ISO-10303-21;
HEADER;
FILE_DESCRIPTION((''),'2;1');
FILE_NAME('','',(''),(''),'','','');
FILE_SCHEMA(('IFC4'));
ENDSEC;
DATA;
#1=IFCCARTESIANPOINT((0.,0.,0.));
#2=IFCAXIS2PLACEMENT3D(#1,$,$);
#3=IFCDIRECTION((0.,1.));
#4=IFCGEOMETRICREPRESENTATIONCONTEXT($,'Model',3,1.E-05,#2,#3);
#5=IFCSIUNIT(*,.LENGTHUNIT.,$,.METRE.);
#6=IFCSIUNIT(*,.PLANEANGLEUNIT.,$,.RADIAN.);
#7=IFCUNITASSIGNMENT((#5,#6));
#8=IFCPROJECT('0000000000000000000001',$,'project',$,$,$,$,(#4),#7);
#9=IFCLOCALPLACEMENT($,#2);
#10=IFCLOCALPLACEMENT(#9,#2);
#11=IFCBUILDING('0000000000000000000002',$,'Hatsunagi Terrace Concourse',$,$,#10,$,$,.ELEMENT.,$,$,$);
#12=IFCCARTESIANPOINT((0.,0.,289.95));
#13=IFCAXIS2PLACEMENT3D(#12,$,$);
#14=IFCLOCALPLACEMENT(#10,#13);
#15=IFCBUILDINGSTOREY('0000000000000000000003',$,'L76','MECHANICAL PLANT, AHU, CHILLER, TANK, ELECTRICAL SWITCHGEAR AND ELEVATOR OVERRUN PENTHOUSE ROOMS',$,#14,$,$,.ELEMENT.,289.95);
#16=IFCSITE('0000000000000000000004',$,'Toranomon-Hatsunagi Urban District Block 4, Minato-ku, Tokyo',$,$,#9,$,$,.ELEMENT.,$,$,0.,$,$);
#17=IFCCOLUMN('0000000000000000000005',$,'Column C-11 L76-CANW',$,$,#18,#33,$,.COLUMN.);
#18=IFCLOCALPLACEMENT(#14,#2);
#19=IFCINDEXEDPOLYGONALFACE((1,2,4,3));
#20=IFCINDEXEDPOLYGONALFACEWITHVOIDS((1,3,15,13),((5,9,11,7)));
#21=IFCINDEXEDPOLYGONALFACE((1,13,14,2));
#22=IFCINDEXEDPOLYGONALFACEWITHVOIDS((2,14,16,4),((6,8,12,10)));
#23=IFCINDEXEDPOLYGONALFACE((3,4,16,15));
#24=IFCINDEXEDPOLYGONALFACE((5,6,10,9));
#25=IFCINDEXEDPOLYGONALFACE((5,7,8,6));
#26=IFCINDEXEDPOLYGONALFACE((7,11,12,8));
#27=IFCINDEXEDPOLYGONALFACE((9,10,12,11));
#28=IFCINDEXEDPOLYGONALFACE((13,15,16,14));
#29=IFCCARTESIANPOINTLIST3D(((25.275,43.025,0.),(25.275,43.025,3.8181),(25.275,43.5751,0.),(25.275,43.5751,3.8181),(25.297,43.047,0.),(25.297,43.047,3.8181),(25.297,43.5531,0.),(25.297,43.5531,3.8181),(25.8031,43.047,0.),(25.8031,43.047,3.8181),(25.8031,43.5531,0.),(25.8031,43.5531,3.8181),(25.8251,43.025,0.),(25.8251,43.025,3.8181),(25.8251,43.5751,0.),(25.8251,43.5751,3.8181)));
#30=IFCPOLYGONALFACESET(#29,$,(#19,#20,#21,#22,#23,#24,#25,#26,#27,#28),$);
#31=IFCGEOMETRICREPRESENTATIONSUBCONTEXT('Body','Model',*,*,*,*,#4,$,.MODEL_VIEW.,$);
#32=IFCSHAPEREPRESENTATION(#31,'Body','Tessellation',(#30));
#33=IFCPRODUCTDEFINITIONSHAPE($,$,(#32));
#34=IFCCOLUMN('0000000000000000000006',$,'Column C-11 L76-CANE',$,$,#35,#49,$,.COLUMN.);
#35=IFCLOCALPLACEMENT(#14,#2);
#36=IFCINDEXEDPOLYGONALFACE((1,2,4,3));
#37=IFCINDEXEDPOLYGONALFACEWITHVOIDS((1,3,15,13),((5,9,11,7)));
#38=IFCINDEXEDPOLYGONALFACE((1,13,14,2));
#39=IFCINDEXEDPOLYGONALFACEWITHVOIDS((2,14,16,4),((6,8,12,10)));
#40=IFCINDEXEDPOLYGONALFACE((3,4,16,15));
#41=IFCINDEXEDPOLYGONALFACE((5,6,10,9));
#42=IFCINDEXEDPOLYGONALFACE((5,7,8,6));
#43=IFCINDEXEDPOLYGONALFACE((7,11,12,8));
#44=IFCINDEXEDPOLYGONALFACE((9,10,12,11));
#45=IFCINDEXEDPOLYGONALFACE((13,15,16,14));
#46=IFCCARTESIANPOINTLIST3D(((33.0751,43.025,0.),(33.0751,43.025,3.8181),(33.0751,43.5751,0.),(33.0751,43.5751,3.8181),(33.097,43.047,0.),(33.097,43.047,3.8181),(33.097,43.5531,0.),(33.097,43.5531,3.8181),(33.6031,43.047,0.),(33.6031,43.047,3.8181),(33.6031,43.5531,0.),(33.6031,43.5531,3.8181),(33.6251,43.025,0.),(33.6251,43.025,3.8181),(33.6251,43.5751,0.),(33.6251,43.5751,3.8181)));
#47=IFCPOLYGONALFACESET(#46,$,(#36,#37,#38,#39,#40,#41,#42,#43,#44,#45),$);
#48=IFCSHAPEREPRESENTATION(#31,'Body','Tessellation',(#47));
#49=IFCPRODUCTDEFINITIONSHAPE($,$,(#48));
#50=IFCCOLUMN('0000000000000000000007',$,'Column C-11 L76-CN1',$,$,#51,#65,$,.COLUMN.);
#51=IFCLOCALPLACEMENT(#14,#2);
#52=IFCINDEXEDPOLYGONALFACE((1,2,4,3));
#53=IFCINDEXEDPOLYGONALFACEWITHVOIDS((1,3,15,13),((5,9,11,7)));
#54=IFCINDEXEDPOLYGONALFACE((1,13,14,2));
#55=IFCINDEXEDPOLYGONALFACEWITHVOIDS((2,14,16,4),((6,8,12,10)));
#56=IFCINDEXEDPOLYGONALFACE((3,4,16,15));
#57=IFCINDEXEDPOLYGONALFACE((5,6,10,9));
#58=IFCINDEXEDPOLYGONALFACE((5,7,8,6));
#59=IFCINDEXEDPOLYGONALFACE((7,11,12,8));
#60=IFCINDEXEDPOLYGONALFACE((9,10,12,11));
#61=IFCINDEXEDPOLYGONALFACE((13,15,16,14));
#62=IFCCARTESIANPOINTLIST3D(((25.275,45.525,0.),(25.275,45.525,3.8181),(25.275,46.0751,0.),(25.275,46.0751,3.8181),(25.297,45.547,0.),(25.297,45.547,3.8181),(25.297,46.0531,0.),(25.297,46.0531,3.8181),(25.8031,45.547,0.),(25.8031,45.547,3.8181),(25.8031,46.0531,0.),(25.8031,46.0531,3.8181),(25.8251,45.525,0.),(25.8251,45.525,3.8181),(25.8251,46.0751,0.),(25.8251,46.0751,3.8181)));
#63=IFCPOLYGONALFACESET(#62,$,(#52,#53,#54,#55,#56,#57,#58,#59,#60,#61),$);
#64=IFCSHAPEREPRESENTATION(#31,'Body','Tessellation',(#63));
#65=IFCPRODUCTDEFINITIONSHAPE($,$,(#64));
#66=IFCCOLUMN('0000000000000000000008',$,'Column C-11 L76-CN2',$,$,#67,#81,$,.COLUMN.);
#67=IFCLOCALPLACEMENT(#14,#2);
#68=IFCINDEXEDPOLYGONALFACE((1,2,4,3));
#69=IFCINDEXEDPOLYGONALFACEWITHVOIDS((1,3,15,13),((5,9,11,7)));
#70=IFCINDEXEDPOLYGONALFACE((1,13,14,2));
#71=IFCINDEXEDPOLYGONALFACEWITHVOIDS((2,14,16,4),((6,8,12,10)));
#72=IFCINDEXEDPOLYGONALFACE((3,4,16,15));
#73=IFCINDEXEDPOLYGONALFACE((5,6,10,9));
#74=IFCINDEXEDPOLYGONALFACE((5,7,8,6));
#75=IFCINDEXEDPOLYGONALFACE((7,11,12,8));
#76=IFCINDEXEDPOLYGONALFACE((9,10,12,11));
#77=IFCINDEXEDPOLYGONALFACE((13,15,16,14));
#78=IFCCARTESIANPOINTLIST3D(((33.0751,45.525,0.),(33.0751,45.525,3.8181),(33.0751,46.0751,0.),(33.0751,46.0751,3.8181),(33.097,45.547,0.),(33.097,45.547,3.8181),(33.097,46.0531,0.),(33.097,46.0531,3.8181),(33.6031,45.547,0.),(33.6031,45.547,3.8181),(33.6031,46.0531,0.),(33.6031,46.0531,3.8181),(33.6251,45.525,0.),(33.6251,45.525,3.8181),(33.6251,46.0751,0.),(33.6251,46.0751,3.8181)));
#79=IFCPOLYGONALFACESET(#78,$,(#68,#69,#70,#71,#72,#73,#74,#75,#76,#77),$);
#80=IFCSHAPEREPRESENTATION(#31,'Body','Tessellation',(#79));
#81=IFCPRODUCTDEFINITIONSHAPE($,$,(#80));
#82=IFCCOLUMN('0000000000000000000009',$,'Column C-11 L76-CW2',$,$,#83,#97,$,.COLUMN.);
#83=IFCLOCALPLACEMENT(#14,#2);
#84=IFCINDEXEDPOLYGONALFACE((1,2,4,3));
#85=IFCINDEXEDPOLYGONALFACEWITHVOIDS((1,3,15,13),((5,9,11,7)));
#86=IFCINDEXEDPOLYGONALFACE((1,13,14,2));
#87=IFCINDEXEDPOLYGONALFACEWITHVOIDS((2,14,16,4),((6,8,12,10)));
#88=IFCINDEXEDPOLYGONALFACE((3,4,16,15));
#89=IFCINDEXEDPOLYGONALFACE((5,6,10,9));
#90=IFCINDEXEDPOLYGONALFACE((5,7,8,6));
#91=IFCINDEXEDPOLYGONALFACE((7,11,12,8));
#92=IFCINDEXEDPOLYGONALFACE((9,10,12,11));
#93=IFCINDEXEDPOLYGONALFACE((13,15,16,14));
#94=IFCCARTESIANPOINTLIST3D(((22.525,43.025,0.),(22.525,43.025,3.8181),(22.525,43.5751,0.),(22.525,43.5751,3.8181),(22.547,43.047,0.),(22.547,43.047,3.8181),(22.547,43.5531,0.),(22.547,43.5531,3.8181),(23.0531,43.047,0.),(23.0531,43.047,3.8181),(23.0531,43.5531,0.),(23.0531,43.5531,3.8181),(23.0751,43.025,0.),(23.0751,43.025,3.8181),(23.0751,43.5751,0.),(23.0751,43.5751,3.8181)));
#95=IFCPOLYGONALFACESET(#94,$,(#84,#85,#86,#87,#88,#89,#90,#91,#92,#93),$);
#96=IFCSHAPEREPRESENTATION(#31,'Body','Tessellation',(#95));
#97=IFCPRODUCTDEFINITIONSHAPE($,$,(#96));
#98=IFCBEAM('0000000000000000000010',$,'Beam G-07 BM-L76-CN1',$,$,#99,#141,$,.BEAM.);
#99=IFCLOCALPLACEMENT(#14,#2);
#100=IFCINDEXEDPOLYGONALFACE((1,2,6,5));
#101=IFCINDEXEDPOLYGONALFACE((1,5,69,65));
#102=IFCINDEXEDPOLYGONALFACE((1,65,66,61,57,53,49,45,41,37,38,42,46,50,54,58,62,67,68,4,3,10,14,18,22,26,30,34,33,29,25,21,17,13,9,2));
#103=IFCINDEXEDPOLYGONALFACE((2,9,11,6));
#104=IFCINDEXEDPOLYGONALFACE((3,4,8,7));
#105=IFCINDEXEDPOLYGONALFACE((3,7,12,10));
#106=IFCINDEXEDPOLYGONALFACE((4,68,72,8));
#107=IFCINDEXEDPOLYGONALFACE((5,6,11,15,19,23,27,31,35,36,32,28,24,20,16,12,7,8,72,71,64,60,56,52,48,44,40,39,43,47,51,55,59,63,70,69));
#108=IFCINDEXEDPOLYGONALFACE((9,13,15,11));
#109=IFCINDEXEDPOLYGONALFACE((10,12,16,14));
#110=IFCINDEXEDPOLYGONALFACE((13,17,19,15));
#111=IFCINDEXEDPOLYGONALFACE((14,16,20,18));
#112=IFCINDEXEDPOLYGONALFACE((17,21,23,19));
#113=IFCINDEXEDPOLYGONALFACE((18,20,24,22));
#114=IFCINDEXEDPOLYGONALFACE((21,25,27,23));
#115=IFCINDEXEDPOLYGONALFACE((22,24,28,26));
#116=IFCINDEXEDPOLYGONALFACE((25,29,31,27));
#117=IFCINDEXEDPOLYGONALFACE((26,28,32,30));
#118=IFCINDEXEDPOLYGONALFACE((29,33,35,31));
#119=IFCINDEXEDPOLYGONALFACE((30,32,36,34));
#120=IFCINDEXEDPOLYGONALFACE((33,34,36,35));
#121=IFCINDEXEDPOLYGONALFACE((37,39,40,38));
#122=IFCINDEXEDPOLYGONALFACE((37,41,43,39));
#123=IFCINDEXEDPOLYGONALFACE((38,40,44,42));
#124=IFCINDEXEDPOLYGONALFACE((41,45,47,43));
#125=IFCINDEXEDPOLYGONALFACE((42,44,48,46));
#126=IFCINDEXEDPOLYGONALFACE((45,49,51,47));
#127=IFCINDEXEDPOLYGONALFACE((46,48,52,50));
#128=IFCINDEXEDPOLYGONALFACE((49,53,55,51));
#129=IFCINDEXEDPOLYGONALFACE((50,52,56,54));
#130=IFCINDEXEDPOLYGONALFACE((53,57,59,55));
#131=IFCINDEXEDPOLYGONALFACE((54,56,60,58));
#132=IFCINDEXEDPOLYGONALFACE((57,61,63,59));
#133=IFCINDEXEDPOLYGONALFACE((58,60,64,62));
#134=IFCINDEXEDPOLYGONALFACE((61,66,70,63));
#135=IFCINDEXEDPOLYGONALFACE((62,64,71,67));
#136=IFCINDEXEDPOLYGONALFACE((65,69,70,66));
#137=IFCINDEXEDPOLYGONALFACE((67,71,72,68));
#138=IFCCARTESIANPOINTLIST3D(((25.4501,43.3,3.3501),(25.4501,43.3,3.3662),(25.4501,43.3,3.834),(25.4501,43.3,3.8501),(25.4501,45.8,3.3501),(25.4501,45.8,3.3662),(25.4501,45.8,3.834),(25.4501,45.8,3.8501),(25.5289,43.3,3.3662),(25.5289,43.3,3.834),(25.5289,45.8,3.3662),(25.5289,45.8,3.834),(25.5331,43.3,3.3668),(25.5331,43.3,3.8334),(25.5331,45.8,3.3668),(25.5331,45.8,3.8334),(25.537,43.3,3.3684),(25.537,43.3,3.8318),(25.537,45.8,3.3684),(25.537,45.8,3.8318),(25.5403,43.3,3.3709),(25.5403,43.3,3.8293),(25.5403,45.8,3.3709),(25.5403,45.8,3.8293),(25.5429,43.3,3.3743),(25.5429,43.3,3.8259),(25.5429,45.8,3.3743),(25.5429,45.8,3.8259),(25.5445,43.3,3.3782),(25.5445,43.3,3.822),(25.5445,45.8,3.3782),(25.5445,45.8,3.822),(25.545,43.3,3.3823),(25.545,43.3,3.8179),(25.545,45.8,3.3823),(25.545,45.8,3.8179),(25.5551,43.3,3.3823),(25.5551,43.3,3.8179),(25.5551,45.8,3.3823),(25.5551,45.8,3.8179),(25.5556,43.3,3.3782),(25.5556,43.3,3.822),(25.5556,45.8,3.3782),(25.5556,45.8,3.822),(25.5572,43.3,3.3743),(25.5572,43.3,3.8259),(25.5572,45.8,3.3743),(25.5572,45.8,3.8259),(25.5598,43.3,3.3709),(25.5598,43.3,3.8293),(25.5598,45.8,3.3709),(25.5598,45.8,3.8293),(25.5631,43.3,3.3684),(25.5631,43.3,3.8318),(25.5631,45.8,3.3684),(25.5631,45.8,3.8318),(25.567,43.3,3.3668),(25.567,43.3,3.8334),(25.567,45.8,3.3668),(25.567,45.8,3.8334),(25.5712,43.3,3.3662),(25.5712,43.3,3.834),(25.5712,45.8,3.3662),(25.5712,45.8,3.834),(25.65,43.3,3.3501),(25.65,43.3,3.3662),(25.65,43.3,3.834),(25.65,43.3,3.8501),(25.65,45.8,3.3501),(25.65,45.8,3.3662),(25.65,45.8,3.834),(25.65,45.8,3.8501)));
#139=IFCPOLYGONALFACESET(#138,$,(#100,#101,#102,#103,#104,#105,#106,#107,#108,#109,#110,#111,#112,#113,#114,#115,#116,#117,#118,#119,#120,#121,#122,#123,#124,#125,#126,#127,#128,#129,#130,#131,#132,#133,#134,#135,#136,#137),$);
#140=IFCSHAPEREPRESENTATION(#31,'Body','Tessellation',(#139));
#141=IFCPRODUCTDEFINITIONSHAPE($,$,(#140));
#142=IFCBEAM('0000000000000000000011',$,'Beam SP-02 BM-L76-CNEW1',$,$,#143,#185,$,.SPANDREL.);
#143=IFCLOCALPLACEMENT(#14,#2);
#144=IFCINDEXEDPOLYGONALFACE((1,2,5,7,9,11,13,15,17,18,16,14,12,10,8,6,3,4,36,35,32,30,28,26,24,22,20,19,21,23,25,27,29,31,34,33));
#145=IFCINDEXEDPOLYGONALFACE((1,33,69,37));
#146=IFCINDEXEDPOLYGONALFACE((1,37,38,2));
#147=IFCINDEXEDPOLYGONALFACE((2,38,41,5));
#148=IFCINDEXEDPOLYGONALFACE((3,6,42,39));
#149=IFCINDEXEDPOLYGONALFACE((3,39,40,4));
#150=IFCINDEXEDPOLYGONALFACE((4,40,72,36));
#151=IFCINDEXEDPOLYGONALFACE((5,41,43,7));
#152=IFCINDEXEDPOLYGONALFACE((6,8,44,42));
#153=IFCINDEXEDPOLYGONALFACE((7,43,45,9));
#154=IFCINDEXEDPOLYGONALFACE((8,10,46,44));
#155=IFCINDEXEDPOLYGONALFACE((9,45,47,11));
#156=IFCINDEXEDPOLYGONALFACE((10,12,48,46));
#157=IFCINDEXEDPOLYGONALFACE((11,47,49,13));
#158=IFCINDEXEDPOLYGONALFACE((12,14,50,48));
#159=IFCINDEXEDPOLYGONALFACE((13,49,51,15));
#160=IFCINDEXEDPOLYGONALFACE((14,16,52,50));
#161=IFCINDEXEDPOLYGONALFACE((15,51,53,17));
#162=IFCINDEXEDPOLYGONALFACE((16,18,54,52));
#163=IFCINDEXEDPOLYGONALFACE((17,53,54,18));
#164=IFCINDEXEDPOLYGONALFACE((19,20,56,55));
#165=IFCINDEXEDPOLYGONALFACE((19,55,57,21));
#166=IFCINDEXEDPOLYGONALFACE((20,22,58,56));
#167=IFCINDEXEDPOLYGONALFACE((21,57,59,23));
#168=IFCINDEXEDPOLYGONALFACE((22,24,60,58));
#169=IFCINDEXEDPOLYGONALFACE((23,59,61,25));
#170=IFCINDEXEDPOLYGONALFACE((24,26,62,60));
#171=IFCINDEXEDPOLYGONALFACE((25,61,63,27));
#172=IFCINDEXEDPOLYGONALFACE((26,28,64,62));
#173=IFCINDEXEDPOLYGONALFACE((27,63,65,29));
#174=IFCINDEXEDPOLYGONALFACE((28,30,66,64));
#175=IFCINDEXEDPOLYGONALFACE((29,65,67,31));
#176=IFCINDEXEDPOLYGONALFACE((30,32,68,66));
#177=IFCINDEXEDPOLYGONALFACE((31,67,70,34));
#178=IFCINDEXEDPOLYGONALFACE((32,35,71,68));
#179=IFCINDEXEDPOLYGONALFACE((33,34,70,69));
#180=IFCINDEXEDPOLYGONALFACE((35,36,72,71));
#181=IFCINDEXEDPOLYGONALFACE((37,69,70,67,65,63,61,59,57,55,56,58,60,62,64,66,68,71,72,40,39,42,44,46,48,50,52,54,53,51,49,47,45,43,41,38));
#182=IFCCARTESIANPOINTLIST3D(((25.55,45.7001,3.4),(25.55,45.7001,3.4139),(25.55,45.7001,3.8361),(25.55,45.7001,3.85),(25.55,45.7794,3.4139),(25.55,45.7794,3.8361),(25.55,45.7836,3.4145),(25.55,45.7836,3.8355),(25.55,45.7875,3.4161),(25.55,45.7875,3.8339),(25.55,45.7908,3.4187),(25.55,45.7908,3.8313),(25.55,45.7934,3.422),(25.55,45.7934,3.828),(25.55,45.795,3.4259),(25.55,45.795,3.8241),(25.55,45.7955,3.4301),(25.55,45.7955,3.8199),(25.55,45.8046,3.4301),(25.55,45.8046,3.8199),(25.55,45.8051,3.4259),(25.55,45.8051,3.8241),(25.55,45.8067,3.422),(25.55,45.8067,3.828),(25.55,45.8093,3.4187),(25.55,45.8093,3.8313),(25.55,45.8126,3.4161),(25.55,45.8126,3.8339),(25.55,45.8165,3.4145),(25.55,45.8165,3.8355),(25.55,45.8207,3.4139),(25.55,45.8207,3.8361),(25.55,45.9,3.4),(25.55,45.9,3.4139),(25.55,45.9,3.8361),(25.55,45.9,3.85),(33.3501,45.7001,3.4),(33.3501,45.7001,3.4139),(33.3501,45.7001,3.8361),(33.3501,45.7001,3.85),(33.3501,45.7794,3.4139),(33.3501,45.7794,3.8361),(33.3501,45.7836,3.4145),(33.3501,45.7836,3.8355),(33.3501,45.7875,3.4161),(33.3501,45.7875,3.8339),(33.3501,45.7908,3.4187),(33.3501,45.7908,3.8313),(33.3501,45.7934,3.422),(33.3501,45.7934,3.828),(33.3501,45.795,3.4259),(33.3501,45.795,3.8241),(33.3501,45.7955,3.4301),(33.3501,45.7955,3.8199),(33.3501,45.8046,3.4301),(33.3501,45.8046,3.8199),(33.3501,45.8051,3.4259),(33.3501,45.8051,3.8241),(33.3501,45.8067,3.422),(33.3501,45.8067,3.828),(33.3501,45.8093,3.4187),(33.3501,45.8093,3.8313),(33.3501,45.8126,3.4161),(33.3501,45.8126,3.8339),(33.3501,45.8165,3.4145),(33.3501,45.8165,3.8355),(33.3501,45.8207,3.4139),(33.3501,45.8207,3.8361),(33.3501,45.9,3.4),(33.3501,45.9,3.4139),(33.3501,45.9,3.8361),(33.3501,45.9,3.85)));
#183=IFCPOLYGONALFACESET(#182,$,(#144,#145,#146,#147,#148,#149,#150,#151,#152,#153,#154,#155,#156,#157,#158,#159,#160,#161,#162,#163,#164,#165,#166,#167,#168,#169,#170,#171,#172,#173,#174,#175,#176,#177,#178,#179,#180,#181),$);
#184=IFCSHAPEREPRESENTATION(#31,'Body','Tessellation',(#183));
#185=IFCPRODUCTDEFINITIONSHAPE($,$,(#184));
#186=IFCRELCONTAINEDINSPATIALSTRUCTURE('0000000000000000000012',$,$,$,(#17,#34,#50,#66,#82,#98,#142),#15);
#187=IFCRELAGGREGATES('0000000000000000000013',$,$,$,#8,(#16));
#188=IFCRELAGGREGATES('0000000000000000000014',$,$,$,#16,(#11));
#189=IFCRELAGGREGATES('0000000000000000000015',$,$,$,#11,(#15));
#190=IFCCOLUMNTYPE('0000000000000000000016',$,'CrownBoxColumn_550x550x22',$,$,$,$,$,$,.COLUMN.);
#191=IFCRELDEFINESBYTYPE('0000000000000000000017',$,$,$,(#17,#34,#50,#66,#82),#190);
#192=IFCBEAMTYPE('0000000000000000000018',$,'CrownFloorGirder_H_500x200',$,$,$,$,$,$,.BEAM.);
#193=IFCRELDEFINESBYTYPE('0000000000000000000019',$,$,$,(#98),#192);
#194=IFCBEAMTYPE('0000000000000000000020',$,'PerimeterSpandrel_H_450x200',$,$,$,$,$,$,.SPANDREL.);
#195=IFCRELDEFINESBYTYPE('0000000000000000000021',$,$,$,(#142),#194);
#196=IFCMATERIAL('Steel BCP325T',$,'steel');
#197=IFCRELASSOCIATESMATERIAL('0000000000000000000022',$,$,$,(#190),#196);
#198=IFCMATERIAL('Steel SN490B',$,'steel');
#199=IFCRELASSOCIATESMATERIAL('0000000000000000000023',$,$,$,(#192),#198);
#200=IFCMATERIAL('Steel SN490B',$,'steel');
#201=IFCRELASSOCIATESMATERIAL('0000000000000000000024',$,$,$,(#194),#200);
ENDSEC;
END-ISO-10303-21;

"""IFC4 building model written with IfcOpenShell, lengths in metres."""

from ifc_helpers import new_model, si_unit, direction, frame, origin, origin_2d, place, context, subcontext, project, spatial, hollow_rectangle, i_section, extrude, material, material_profile, profile_set, type_object, element, save


model = new_model("IFC4")

# Units and contexts
model_context = context("Model", 3, precision=1e-05, world=origin(), true_north=direction((0.0, 1.0)))
body_context = subcontext(model_context, "Body", "Model", "MODEL_VIEW")
ifc_project = project(units=[si_unit("LENGTHUNIT", "METRE"), si_unit("PLANEANGLEUNIT", "RADIAN")], contexts=[model_context])

# Site, building, storey
site_placement = place(None, origin())
site = spatial("IfcSite", under=ifc_project, at=site_placement, Name="Toranomon-Hatsunagi Urban District Block 4, Minato-ku, Tokyo", CompositionType="ELEMENT", RefElevation=0.0)
building_placement = place(site_placement, origin())
building = spatial("IfcBuilding", under=site, at=building_placement, Name="Hatsunagi Terrace Concourse", CompositionType="ELEMENT")
storey_placement = place(building_placement, frame((0.0, 0.0, 289.95)))
storey = spatial("IfcBuildingStorey", under=building, at=storey_placement, Name="L76", Description="MECHANICAL PLANT, AHU, CHILLER, TANK, ELECTRICAL SWITCHGEAR AND ELEVATOR OVERRUN PENTHOUSE ROOMS", CompositionType="ELEMENT", Elevation=289.95)

# Columns
ifc_material_1 = material(Name="Steel BCP325T", Category="steel")
ifc_material_profile_1 = material_profile(ifc_material_1, hollow_rectangle(XDim=0.55, YDim=0.55, WallThickness=0.022, at=origin_2d()), Name="BCP-550x550x22")
ifc_profile_set_1 = profile_set([ifc_material_profile_1], Name="Steel BCP325T")
column_type = type_object("IfcColumnType", Name="CrownBoxColumn_550x550x22", PredefinedType="COLUMN", material=ifc_profile_set_1)
for number, where, z_axis, x_axis, name in (
    (1, (25.55, 43.3, 0.0), (0.0, 0.0, 1.0), (1.0, 0.0, 0.0), "Column C-11 L76-CANW"),
    (2, (33.3501, 43.3, 0.0), (0.0, 0.0, 1.0), (1.0, 0.0, 0.0), "Column C-11 L76-CANE"),
    (3, (25.55, 45.8, 0.0), (0.0, 0.0, 1.0), (1.0, 0.0, 0.0), "Column C-11 L76-CN1"),
    (4, (33.3501, 45.8, 0.0), (0.0, 0.0, 1.0), (1.0, 0.0, 0.0), "Column C-11 L76-CN2"),
    (5, (22.8, 43.3, 0.0), (0.0, 0.0, 1.0), (1.0, 0.0, 0.0), "Column C-11 L76-CW2"),
):
    element("IfcColumn", number, at=place(storey_placement, frame(where, z_axis=z_axis, x_axis=x_axis)), inside=storey, type_object=column_type, Name=name, PredefinedType="COLUMN", context=body_context, shape_type="SweptSolid", body=[
        extrude(hollow_rectangle(XDim=0.55, YDim=0.55, WallThickness=0.022, at=origin_2d()), origin(), (0.0, 0.0, 1.0), 3.8181),
    ])

# Beams
ifc_material_2 = material(Name="Steel SN490B", Category="steel")
ifc_material_profile_2 = material_profile(ifc_material_2, i_section(OverallWidth=0.2, OverallDepth=0.5, WebThickness=0.01, FlangeThickness=0.0161, FilletRadius=0.0161, at=origin_2d()), Name="H-500x200x10x16")
ifc_profile_set_2 = profile_set([ifc_material_profile_2], Name="Steel SN490B")
beam_type_1 = type_object("IfcBeamType", Name="CrownFloorGirder_H_500x200", PredefinedType="BEAM", material=ifc_profile_set_2)
beam_1_placement = place(storey_placement, frame((25.55, 43.3, 3.6001), z_axis=(0.0, 1.0, 0.0), x_axis=(-1.0, 0.0, 0.0)))
element("IfcBeam", 6, at=beam_1_placement, inside=storey, type_object=beam_type_1, Name="Beam G-07 BM-L76-CN1", PredefinedType="BEAM", context=body_context, shape_type="SweptSolid", body=[
    extrude(i_section(OverallWidth=0.2, OverallDepth=0.5, WebThickness=0.01, FlangeThickness=0.0161, FilletRadius=0.0161, at=origin_2d()), origin(), (0.0, 0.0, 1.0), 2.5),
])
ifc_material_3 = material(Name="Steel SN490B", Category="steel")
ifc_material_profile_3 = material_profile(ifc_material_3, i_section(OverallWidth=0.2, OverallDepth=0.45, WebThickness=0.009, FlangeThickness=0.0139, FilletRadius=0.0161, at=origin_2d()), Name="H-450x200x9x14")
ifc_profile_set_3 = profile_set([ifc_material_profile_3], Name="Steel SN490B")
beam_type_2 = type_object("IfcBeamType", Name="PerimeterSpandrel_H_450x200", PredefinedType="SPANDREL", material=ifc_profile_set_3)
beam_2_placement = place(storey_placement, frame((25.55, 45.8, 3.625), z_axis=(1.0, 0.0, 0.0), x_axis=(0.0, 1.0, 0.0)))
element("IfcBeam", 7, at=beam_2_placement, inside=storey, type_object=beam_type_2, Name="Beam SP-02 BM-L76-CNEW1", PredefinedType="SPANDREL", context=body_context, shape_type="SweptSolid", body=[
    extrude(i_section(OverallWidth=0.2, OverallDepth=0.45, WebThickness=0.009, FlangeThickness=0.0139, FilletRadius=0.0161, at=origin_2d()), origin(), (0.0, 0.0, 1.0), 7.8),
])

save(model, "model.ifc")
